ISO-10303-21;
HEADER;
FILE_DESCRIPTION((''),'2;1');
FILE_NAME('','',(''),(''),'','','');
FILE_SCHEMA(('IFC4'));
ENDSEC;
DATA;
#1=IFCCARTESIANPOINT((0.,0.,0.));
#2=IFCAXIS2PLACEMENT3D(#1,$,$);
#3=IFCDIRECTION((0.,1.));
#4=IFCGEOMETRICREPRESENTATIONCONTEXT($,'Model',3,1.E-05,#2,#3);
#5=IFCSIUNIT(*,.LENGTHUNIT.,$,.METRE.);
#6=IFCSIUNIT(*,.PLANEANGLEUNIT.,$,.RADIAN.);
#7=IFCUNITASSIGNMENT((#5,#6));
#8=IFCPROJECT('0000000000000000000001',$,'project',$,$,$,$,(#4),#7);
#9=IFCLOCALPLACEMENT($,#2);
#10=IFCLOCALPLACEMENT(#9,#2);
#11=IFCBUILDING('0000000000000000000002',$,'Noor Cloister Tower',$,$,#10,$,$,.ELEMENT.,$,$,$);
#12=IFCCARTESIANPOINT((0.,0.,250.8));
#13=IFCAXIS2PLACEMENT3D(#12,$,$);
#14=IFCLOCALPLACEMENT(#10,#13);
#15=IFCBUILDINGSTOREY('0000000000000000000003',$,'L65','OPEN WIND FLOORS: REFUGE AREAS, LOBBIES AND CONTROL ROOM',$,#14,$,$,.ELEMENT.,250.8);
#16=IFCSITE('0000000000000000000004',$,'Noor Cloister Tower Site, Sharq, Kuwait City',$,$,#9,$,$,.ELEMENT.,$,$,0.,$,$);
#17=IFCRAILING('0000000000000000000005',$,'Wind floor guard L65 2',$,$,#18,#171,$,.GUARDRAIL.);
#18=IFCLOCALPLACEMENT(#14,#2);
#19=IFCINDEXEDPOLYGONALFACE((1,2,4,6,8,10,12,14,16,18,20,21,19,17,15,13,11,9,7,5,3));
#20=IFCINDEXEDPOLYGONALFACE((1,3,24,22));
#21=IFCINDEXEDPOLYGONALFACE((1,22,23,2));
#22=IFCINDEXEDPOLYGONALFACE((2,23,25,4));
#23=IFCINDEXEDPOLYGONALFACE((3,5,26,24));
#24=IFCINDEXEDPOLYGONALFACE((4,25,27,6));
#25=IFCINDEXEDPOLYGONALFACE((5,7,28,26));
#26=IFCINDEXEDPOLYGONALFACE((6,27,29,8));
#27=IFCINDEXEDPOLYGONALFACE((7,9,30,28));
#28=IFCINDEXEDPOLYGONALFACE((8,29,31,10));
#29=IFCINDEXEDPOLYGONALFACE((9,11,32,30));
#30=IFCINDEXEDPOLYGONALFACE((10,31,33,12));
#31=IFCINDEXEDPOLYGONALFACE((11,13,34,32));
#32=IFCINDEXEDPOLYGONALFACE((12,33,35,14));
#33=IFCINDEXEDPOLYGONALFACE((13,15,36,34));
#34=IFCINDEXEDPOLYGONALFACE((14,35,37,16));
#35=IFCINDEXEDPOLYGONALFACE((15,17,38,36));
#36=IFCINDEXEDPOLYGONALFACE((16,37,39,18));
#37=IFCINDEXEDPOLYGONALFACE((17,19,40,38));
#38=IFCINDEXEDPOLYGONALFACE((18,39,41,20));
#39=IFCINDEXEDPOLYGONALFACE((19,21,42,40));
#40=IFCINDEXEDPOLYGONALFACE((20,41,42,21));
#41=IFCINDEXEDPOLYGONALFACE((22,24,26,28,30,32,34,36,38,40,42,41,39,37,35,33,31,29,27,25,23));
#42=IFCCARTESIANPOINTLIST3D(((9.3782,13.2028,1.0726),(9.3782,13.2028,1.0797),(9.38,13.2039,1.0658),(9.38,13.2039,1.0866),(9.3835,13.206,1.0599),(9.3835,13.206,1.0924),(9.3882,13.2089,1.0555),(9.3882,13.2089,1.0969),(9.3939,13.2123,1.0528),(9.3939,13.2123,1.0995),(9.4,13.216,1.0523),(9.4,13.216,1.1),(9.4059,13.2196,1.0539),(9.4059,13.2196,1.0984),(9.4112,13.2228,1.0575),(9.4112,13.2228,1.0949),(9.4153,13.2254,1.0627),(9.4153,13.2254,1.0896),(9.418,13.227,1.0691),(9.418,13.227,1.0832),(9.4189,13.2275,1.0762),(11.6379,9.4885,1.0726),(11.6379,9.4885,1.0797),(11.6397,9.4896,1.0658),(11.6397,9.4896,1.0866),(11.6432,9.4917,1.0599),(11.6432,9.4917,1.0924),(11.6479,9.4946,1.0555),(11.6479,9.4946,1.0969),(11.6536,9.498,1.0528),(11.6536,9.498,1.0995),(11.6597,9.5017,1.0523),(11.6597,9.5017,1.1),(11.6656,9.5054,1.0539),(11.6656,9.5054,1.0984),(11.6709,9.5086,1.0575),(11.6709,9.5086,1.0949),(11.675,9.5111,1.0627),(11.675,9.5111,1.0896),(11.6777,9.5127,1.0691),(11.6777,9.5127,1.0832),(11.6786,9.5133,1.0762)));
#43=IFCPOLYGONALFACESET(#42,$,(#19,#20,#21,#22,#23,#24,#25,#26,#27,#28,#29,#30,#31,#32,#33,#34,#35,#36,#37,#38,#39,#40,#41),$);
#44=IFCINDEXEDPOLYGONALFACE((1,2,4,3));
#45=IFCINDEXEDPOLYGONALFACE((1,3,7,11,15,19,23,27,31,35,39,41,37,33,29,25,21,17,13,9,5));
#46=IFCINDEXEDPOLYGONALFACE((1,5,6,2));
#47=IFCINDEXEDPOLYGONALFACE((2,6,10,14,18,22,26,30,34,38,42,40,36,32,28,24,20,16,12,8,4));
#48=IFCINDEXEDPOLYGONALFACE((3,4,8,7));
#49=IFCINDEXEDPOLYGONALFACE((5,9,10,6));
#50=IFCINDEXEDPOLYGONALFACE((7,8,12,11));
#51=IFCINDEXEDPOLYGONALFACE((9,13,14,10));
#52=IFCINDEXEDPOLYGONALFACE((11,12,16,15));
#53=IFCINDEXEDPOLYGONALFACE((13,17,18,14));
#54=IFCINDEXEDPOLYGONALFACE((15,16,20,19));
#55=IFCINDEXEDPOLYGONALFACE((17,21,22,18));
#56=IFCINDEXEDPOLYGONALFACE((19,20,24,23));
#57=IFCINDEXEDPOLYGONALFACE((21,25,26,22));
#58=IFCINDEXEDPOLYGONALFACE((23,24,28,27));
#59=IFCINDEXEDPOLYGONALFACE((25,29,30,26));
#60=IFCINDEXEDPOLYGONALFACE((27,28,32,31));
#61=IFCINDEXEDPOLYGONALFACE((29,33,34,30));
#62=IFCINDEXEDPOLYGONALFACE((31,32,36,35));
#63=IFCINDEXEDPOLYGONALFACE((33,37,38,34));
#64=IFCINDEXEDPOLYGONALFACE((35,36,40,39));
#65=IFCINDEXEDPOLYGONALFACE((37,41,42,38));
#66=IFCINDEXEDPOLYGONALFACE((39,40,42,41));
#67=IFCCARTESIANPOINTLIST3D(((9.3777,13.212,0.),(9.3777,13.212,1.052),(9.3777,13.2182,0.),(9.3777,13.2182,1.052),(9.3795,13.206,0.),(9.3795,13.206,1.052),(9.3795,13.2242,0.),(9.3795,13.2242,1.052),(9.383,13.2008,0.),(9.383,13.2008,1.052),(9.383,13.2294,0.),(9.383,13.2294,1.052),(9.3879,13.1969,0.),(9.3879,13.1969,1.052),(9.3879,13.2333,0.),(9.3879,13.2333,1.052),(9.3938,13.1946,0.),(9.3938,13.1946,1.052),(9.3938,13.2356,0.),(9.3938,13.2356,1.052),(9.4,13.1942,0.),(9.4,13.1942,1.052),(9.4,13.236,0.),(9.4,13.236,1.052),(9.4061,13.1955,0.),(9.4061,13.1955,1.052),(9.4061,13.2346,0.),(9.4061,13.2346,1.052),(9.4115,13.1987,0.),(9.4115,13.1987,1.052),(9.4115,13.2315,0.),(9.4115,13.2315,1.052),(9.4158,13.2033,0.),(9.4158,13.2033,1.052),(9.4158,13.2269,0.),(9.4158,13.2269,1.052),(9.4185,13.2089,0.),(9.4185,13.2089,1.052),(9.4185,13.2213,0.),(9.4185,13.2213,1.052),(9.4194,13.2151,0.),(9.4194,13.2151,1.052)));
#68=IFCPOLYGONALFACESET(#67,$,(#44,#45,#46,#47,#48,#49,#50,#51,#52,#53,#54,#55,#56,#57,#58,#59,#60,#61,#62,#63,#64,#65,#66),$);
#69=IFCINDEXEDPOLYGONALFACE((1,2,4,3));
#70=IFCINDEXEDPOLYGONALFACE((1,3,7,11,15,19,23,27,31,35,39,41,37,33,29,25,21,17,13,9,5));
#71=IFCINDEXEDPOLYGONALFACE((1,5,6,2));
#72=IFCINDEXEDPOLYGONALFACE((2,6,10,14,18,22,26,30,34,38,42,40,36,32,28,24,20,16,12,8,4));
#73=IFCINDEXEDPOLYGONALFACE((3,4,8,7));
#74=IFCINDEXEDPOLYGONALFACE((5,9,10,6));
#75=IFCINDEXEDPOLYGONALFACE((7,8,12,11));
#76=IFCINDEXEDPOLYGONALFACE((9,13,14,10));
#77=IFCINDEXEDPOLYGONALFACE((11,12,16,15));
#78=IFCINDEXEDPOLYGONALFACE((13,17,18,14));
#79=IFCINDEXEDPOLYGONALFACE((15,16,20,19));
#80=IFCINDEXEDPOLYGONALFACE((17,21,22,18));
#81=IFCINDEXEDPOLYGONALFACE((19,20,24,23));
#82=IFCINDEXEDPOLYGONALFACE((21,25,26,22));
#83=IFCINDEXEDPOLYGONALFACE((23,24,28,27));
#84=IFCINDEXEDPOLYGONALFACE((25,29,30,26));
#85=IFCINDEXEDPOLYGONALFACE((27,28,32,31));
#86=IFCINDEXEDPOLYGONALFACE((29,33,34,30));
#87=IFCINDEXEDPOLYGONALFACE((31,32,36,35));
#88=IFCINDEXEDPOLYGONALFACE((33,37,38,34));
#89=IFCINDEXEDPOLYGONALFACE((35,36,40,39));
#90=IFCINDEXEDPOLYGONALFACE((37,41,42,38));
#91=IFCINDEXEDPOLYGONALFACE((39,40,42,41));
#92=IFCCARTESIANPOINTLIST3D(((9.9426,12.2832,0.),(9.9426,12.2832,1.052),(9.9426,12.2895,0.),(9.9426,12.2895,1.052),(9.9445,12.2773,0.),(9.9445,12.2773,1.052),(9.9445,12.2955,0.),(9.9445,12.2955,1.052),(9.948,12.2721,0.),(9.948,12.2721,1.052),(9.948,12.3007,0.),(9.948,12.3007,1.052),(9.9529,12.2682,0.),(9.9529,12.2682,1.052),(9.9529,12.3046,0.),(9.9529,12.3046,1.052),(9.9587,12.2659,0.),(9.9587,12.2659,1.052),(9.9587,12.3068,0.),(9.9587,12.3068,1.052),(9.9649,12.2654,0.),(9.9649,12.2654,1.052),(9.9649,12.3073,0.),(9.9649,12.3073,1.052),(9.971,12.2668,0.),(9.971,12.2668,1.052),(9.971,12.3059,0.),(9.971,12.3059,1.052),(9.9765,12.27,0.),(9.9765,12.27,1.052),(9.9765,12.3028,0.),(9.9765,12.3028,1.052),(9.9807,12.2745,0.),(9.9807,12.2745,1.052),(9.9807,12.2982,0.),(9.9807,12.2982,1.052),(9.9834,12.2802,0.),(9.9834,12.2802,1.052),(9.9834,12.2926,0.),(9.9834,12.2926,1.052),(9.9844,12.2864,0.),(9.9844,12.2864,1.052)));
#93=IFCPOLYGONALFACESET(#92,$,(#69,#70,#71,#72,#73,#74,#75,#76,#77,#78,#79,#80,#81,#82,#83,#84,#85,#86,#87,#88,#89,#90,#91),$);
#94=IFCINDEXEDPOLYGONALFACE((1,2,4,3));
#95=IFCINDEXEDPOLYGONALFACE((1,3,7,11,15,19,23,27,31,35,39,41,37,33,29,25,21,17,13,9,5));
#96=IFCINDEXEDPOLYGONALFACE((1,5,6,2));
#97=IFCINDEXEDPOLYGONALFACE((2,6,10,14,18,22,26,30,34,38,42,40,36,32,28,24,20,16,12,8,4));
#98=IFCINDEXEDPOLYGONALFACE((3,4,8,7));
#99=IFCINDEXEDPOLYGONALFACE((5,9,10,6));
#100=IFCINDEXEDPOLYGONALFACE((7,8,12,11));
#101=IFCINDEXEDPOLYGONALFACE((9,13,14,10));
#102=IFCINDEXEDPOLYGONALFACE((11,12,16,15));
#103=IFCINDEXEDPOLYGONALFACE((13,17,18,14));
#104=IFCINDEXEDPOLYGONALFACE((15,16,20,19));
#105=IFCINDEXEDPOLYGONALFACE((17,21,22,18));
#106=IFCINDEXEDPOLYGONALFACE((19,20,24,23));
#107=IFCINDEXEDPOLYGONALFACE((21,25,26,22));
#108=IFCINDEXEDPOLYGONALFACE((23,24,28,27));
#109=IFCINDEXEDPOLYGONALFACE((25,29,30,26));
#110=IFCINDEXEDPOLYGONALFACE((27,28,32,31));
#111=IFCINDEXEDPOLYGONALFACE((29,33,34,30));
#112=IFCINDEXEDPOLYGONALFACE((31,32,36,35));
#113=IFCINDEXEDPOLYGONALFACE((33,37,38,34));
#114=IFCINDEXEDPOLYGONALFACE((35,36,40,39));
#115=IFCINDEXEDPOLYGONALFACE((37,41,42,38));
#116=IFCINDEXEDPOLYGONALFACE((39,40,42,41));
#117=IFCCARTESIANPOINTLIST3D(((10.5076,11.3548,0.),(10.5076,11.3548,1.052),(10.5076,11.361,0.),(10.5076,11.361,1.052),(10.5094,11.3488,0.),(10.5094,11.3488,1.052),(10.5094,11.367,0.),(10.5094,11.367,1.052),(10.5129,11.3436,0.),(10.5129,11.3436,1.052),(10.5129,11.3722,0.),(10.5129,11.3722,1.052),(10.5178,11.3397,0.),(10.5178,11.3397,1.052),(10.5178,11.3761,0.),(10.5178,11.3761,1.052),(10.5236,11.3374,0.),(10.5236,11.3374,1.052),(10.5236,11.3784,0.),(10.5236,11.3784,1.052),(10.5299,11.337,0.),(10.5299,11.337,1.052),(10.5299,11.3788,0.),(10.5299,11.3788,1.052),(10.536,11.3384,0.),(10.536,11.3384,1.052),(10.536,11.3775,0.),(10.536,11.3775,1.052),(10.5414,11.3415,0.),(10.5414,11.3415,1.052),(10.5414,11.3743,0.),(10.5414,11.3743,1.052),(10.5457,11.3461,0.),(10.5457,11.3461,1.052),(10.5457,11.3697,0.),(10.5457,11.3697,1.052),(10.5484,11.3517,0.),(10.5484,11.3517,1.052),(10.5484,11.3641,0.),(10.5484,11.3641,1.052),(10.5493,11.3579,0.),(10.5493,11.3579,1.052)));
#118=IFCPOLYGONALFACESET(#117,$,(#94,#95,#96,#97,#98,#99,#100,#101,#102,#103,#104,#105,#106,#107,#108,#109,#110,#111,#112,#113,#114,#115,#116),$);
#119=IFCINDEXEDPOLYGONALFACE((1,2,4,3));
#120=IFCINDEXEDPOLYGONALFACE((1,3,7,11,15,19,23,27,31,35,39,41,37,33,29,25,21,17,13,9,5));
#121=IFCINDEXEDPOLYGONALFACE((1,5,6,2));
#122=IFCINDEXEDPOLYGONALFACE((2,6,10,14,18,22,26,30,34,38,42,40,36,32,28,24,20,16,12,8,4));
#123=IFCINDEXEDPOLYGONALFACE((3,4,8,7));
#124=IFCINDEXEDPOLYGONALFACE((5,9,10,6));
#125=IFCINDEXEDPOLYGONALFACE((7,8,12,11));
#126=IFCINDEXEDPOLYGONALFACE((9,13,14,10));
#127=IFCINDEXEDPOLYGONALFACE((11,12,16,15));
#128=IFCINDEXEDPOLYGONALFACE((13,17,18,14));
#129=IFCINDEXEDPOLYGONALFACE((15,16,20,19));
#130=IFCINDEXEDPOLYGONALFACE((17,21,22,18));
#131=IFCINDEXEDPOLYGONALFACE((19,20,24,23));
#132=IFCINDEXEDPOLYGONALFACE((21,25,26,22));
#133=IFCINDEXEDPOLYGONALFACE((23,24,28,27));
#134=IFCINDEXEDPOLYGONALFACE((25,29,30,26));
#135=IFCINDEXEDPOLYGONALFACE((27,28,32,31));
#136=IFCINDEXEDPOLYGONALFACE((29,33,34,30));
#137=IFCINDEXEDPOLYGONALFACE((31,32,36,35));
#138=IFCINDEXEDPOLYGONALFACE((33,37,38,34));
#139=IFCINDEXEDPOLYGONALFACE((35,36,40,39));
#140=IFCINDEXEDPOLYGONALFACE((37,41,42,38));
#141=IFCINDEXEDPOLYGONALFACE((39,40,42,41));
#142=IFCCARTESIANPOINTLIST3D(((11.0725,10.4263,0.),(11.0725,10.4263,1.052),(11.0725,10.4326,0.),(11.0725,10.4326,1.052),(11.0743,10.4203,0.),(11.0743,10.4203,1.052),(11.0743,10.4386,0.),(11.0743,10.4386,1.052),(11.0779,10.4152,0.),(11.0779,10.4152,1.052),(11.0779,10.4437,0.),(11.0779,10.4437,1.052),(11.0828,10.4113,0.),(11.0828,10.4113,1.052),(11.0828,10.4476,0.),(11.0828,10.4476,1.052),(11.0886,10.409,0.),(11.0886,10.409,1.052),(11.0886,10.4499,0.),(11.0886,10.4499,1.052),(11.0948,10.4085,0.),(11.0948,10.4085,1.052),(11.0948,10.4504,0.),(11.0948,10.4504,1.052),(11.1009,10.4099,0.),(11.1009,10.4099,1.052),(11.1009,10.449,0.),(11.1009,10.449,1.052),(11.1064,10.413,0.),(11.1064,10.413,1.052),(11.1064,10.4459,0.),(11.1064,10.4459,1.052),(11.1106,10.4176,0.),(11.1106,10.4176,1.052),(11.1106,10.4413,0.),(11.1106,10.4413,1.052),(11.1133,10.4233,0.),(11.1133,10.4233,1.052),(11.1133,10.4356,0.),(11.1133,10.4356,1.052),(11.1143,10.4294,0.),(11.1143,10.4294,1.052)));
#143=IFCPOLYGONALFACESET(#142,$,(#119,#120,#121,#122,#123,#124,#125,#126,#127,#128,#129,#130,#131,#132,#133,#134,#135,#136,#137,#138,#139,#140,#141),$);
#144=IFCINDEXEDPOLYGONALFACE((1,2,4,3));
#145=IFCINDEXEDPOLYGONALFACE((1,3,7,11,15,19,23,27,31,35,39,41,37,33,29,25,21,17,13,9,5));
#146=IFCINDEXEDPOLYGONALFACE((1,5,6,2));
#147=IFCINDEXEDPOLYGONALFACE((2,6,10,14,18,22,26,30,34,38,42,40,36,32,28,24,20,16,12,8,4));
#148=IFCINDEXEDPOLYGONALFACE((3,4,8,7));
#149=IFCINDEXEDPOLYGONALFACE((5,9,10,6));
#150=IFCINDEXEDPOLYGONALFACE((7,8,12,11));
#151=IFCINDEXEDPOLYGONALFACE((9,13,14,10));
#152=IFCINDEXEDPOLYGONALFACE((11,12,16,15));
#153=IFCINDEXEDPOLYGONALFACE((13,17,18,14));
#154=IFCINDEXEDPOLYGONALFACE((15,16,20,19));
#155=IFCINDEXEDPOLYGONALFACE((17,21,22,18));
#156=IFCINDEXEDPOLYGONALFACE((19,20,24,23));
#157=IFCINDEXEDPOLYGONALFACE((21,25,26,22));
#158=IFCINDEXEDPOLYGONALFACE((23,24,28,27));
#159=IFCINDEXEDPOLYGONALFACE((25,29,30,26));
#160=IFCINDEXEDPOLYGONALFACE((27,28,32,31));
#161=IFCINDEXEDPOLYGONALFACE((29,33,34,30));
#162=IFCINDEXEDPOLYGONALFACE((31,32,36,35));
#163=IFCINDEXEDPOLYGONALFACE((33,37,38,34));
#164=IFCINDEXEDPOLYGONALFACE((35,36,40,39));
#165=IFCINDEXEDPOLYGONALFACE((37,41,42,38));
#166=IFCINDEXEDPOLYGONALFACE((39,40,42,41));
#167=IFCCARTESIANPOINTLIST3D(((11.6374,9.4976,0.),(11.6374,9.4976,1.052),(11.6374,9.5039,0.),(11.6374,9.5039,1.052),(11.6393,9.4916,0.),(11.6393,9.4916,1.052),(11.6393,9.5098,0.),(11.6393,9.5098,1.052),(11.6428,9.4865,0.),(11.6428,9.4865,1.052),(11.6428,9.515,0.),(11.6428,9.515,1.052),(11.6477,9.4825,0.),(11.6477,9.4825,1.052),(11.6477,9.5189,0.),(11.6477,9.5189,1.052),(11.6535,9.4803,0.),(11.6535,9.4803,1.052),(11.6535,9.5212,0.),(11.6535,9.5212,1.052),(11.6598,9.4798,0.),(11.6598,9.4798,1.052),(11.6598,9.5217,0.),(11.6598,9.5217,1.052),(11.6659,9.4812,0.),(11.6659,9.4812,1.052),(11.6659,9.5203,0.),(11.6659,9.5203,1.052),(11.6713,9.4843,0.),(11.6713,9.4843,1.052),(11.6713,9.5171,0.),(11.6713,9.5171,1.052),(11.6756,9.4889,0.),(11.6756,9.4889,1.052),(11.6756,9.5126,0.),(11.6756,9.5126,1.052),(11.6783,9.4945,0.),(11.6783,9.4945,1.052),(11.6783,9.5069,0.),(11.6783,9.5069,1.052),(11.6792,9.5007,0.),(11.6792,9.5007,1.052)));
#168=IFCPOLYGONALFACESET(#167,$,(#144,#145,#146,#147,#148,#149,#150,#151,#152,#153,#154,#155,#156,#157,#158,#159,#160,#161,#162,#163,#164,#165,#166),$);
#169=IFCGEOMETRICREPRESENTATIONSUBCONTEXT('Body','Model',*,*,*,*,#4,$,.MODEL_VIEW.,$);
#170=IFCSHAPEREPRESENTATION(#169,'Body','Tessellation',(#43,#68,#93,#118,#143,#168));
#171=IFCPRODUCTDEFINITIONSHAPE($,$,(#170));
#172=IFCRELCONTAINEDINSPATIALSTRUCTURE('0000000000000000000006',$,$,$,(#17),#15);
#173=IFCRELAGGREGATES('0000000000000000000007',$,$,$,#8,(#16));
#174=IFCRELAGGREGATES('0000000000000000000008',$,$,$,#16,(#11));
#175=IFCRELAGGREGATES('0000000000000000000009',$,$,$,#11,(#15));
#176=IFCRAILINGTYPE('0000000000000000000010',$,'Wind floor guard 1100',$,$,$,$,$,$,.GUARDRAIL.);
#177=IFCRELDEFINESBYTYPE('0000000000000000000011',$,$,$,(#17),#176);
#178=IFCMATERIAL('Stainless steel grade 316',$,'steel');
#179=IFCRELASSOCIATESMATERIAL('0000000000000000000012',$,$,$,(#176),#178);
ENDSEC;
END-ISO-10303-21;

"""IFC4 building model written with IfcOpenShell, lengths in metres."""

from ifc_helpers import new_model, si_unit, direction, frame, origin, origin_2d, place, context, subcontext, project, spatial, circle, extrude, material, type_object, element, save


model = new_model("IFC4")

# Units and contexts
model_context = context("Model", 3, precision=1e-05, world=origin(), true_north=direction((0.0, 1.0)))
body_context = subcontext(model_context, "Body", "Model", "MODEL_VIEW")
ifc_project = project(units=[si_unit("LENGTHUNIT", "METRE"), si_unit("PLANEANGLEUNIT", "RADIAN")], contexts=[model_context])

# Site, building, storey
site_placement = place(None, origin())
site = spatial("IfcSite", under=ifc_project, at=site_placement, Name="Noor Cloister Tower Site, Sharq, Kuwait City", CompositionType="ELEMENT", RefElevation=0.0)
building_placement = place(site_placement, origin())
building = spatial("IfcBuilding", under=site, at=building_placement, Name="Noor Cloister Tower", CompositionType="ELEMENT")
storey_placement = place(building_placement, frame((0.0, 0.0, 250.8)))
storey = spatial("IfcBuildingStorey", under=building, at=storey_placement, Name="L65", Description="OPEN WIND FLOORS: REFUGE AREAS, LOBBIES AND CONTROL ROOM", CompositionType="ELEMENT", Elevation=250.8)

# Railing
ifc_material_1 = material(Name="Stainless steel grade 316", Category="steel")
railing_type_1 = type_object("IfcRailingType", Name="Wind floor guard 1100", PredefinedType="GUARDRAIL", material=ifc_material_1)
railing_1_placement = place(storey_placement, frame((9.3984, 13.2151, 0.0)))
element("IfcRailing", 1, at=railing_1_placement, inside=storey, type_object=railing_type_1, Name="Wind floor guard L65 2", PredefinedType="GUARDRAIL", context=body_context, shape_type="SweptSolid", body=[
    extrude(circle(Radius=0.0239, at=origin_2d()), frame((0.0, 0.0, 1.0762), z_axis=(0.519755, -0.854316, 0.0), x_axis=(0.854316, 0.519755, 0.0)), (0.0, 0.0, 1.0), 4.3477),
    extrude(circle(Radius=0.021, at=origin_2d()), origin(), (0.0, 0.0, 1.0), 1.052),
    extrude(circle(Radius=0.021, at=origin_2d()), frame((0.5649, -0.9287, 0.0)), (0.0, 0.0, 1.0), 1.052),
    extrude(circle(Radius=0.021, at=origin_2d()), frame((1.1299, -1.8572, 0.0)), (0.0, 0.0, 1.0), 1.052),
    extrude(circle(Radius=0.021, at=origin_2d()), frame((1.6948, -2.7856, 0.0)), (0.0, 0.0, 1.0), 1.052),
    extrude(circle(Radius=0.021, at=origin_2d()), frame((2.2598, -3.7144, 0.0)), (0.0, 0.0, 1.0), 1.052),
])

save(model, "model.ifc")
